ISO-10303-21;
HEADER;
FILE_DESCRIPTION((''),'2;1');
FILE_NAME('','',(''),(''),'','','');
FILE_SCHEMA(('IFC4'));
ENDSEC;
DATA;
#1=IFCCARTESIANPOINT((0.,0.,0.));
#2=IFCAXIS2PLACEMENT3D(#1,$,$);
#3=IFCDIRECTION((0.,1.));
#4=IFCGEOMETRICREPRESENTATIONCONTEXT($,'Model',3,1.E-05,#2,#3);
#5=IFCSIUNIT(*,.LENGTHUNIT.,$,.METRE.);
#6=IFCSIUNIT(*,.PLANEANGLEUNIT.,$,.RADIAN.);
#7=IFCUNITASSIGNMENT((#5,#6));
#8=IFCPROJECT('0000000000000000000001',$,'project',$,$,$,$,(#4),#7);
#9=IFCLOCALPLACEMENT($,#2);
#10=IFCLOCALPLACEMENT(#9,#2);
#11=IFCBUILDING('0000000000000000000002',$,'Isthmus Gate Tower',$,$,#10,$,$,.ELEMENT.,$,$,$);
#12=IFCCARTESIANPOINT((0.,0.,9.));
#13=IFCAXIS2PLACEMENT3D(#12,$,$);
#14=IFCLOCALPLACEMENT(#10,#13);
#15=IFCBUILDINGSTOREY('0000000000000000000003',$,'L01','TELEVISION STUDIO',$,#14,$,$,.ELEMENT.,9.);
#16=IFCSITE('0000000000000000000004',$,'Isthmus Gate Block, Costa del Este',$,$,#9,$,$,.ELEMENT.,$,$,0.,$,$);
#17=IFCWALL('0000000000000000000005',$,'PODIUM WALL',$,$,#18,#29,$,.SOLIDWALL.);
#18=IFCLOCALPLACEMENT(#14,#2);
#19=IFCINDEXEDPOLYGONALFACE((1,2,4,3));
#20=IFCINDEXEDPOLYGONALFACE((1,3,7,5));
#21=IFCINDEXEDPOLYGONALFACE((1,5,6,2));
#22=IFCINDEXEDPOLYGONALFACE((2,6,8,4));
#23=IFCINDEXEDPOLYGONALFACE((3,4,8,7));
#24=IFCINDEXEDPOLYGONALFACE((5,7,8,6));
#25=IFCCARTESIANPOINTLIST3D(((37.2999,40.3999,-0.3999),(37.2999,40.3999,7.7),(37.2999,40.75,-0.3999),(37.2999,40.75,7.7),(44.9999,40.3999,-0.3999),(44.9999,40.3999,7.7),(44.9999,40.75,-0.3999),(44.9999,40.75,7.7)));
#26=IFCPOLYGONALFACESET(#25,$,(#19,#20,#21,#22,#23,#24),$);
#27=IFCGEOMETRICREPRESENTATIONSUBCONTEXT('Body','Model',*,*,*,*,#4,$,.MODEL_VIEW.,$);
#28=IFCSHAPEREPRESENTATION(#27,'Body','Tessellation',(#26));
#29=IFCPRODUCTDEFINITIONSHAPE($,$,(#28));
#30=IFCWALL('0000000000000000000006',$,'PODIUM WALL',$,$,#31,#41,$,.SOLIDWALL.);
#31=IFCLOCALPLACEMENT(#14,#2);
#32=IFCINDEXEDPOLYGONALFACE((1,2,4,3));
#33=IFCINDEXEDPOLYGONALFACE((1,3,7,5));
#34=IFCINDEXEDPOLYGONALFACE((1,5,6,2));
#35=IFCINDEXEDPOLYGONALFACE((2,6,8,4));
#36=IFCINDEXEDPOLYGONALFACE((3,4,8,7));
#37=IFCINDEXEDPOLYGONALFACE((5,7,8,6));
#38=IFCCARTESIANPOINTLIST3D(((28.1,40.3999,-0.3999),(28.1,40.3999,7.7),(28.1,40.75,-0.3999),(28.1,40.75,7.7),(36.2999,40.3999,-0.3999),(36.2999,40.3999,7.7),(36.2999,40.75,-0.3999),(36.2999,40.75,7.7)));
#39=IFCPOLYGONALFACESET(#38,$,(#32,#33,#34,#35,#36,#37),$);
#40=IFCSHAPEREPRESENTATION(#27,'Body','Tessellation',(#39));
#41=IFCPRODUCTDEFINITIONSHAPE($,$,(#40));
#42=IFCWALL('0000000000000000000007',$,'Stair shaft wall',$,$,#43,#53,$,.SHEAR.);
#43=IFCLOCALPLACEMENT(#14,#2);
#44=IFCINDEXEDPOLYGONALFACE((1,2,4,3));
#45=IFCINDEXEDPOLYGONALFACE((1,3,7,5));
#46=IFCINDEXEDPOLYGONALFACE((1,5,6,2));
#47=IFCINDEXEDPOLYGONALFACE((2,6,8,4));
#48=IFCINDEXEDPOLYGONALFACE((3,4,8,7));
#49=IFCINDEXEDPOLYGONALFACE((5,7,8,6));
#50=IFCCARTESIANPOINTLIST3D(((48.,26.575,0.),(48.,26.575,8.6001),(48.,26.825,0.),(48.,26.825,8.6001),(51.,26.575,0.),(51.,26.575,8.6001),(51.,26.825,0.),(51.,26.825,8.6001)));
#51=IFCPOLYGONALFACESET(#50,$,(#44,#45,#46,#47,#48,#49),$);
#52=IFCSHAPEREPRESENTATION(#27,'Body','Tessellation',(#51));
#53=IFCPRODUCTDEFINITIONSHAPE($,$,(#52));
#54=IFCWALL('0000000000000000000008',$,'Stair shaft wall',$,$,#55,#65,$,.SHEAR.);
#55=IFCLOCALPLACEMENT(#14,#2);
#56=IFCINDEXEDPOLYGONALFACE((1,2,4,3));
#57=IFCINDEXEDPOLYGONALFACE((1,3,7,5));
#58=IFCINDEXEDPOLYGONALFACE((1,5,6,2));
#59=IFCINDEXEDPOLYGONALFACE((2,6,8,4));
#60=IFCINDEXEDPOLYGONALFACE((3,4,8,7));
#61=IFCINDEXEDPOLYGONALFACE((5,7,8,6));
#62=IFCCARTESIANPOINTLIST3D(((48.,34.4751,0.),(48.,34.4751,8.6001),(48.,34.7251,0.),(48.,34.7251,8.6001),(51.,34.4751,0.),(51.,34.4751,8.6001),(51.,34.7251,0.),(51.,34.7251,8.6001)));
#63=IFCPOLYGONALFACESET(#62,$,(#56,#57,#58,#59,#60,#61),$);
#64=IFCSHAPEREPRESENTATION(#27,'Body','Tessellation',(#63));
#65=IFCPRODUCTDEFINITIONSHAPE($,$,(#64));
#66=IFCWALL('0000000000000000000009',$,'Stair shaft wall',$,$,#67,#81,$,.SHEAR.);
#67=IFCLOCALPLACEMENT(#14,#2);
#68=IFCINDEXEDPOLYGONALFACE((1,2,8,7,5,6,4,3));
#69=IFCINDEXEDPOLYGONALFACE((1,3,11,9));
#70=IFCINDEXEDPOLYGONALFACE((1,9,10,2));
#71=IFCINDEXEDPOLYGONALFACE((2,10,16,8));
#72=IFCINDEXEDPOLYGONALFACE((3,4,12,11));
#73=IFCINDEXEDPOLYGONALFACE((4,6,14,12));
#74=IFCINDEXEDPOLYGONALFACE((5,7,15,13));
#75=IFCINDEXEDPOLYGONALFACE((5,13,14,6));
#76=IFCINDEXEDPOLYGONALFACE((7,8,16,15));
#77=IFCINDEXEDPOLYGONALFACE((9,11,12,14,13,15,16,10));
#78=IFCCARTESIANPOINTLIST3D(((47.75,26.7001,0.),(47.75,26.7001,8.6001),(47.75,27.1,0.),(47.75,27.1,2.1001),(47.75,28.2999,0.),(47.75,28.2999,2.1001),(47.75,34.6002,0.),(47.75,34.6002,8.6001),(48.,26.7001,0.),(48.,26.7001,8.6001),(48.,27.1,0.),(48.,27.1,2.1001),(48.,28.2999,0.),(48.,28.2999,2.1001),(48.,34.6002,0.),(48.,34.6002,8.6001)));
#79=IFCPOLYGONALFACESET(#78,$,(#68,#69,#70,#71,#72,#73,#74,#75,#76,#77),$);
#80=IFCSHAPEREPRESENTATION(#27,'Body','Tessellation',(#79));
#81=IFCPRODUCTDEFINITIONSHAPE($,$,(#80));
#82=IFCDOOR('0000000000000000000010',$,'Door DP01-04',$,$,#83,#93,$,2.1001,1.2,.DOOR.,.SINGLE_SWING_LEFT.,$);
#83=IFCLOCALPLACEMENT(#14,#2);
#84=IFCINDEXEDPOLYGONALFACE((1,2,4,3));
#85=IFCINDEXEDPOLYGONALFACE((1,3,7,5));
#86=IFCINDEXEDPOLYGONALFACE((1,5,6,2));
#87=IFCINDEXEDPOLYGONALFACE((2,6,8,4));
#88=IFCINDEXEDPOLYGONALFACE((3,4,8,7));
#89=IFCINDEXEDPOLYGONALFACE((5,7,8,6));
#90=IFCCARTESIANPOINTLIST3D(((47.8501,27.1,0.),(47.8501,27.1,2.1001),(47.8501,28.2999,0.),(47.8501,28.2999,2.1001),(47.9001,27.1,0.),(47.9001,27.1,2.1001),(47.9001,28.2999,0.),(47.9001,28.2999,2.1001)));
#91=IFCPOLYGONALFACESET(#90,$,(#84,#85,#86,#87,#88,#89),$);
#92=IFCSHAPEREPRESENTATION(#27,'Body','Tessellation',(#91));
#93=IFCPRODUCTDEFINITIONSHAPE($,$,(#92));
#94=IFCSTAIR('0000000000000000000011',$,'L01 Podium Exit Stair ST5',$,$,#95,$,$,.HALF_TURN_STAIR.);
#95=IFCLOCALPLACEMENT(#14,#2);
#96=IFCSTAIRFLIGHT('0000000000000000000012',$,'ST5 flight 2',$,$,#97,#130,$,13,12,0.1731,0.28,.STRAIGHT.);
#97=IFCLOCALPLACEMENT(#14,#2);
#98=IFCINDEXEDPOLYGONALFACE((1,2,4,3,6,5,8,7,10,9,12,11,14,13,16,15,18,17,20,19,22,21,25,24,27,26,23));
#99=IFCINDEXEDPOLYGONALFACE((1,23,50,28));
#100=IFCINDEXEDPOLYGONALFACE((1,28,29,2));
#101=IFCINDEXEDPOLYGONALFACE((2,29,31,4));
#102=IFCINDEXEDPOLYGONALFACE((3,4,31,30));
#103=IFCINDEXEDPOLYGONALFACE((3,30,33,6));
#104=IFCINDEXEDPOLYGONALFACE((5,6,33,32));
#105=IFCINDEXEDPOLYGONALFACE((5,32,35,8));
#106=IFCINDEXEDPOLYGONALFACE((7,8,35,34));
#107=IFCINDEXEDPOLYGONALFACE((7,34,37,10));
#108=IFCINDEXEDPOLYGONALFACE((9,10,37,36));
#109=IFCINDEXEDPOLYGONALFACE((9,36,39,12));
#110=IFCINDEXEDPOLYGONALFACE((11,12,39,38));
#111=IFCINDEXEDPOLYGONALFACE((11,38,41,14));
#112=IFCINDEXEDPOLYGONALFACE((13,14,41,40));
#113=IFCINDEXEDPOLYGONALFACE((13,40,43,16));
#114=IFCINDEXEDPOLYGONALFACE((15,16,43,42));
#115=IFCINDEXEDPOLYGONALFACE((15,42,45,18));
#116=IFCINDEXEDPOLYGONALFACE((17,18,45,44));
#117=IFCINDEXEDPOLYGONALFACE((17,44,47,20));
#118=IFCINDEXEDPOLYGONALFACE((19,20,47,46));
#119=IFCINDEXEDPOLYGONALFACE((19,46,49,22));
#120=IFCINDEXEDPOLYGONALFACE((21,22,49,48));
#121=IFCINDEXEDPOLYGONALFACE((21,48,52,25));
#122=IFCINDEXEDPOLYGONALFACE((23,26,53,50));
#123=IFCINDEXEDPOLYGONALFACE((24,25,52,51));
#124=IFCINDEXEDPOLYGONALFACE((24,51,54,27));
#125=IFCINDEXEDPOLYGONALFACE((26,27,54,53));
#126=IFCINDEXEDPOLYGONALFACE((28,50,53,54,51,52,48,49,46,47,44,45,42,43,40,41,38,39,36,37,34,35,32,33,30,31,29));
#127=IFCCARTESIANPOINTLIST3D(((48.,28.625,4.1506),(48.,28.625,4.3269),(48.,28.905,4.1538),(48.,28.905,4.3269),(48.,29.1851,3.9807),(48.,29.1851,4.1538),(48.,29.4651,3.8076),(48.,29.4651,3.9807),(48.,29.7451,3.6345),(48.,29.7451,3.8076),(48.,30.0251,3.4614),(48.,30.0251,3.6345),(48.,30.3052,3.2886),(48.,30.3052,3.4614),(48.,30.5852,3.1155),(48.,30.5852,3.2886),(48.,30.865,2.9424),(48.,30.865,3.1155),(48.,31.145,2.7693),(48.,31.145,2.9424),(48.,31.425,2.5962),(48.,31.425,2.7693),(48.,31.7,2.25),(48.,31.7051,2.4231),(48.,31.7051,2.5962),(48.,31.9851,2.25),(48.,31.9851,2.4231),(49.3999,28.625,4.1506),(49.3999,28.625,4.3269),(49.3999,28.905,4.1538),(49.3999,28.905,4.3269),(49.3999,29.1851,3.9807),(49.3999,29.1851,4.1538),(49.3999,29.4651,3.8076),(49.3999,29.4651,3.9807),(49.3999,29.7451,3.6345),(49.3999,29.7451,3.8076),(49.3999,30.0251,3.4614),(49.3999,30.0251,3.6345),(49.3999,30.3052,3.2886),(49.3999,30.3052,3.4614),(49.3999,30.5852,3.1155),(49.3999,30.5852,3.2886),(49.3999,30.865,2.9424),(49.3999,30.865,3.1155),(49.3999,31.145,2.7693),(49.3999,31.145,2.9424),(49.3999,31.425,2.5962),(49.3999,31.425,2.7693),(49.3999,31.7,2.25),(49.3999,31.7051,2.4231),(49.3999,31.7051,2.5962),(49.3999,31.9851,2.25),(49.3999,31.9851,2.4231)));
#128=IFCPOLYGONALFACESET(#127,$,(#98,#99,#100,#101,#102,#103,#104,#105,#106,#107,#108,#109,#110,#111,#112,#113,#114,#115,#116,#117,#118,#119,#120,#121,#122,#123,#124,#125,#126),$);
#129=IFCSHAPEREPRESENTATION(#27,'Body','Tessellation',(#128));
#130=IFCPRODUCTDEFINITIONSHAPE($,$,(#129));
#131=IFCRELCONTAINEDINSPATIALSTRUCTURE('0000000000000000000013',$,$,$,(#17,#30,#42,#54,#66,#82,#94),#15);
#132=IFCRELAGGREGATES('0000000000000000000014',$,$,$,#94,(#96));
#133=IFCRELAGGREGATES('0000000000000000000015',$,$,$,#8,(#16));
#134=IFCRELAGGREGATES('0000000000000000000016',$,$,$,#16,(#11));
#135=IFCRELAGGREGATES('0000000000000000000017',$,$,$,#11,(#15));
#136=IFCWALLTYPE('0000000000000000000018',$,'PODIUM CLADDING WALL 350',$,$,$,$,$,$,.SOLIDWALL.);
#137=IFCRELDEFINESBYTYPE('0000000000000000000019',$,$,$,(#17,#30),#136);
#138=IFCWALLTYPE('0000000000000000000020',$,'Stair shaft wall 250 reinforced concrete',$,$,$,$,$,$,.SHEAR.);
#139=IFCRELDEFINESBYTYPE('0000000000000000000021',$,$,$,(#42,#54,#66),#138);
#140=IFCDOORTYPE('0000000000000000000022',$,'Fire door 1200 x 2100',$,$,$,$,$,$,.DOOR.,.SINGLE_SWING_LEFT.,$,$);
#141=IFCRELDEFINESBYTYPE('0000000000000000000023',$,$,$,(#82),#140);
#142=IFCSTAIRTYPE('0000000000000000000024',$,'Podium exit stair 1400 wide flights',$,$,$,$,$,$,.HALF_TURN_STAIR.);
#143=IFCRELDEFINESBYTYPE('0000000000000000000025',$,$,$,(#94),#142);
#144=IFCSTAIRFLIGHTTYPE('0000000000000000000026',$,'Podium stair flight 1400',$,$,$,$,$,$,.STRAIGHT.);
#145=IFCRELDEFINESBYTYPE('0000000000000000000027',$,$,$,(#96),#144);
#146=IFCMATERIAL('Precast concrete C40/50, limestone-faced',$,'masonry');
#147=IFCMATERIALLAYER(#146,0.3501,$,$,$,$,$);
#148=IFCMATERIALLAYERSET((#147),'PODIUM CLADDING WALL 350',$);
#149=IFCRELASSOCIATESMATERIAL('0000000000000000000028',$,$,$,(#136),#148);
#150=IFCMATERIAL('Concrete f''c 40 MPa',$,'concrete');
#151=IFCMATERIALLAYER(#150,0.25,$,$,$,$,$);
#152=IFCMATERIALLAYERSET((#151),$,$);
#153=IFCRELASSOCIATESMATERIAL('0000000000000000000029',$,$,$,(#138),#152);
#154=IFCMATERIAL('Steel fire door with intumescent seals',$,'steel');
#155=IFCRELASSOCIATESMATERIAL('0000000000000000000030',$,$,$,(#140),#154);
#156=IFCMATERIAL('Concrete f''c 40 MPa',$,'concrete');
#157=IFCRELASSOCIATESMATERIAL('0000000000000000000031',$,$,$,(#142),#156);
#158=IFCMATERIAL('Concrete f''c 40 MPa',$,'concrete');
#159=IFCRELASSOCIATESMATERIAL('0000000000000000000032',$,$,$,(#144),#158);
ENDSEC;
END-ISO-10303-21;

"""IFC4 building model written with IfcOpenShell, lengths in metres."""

from ifc_helpers import new_model, si_unit, direction, frame, frame_2d, origin, place, context, subcontext, project, spatial, polyline, rectangle, outline, extrude, material, layer, layer_set, type_object, element, fill, aggregate, save


model = new_model("IFC4")

# Units and contexts
model_context = context("Model", 3, precision=1e-05, world=origin(), true_north=direction((0.0, 1.0)))
body_context = subcontext(model_context, "Body", "Model", "MODEL_VIEW")
ifc_project = project(units=[si_unit("LENGTHUNIT", "METRE"), si_unit("PLANEANGLEUNIT", "RADIAN")], contexts=[model_context])

# Site, building, storey
site_placement = place(None, origin())
site = spatial("IfcSite", under=ifc_project, at=site_placement, Name="Isthmus Gate Block, Costa del Este", CompositionType="ELEMENT", RefElevation=0.0)
building_placement = place(site_placement, origin())
building = spatial("IfcBuilding", under=site, at=building_placement, Name="Isthmus Gate Tower", CompositionType="ELEMENT")
storey_placement = place(building_placement, frame((0.0, 0.0, 9.0)))
storey = spatial("IfcBuildingStorey", under=building, at=storey_placement, Name="L01", Description="TELEVISION STUDIO", CompositionType="ELEMENT", Elevation=9.0)

# Walls
ifc_material_1 = material(Name="Precast concrete C40/50, limestone-faced", Category="masonry")
ifc_layer_1 = layer(ifc_material_1, 0.3501)
ifc_layer_set_1 = layer_set([ifc_layer_1], Name="PODIUM CLADDING WALL 350")
wall_type_1 = type_object("IfcWallType", Name="PODIUM CLADDING WALL 350", PredefinedType="SOLIDWALL", material=ifc_layer_set_1)
wall_1_placement = place(storey_placement, frame((45.0, 40.575, -0.3999), z_axis=(0.0, 0.0, 1.0), x_axis=(-1.0, 0.0, 0.0)))
element("IfcWall", 1, at=wall_1_placement, inside=storey, type_object=wall_type_1, Name="PODIUM WALL", PredefinedType="SOLIDWALL", context=body_context, shape_type="SweptSolid", body=[
    extrude(rectangle(XDim=7.7, YDim=0.3501, at=frame_2d((3.8501, 0.0))), origin(), (0.0, 0.0, 1.0), 8.0999),
])
wall_2_placement = place(storey_placement, frame((36.3, 40.575, -0.3999), z_axis=(0.0, 0.0, 1.0), x_axis=(-1.0, 0.0, 0.0)))
element("IfcWall", 2, at=wall_2_placement, inside=storey, type_object=wall_type_1, Name="PODIUM WALL", PredefinedType="SOLIDWALL", context=body_context, shape_type="SweptSolid", body=[
    extrude(rectangle(XDim=8.2, YDim=0.3501, at=frame_2d((4.1001, 0.0))), origin(), (0.0, 0.0, 1.0), 8.0999),
])
ifc_material_2 = material(Name="Concrete f'c 40 MPa", Category="concrete")
ifc_layer_2 = layer(ifc_material_2, 0.25)
ifc_layer_set_2 = layer_set([ifc_layer_2])
wall_type_2 = type_object("IfcWallType", Name="Stair shaft wall 250 reinforced concrete", PredefinedType="SHEAR", material=ifc_layer_set_2)
for number, where, z_axis, x_axis, name in (
    (3, (48.0, 26.7, 0.0), (0.0, 0.0, 1.0), (1.0, 0.0, 0.0), "Stair shaft wall"),
    (4, (48.0, 34.6001, 0.0), (0.0, 0.0, 1.0), (1.0, 0.0, 0.0), "Stair shaft wall"),
):
    element("IfcWall", number, at=place(storey_placement, frame(where, z_axis=z_axis, x_axis=x_axis)), inside=storey, type_object=wall_type_2, Name=name, PredefinedType="SHEAR", context=body_context, shape_type="SweptSolid", body=[
        extrude(rectangle(XDim=3.0, YDim=0.25, at=frame_2d((1.5, 0.0))), origin(), (0.0, 0.0, 1.0), 8.6001),
    ])

# Wall, opening, door
wall_3_placement = place(storey_placement, frame((47.875, 26.7, 0.0), z_axis=(0.0, 0.0, 1.0), x_axis=(0.0, 1.0, 0.0)))
wall_3 = element("IfcWall", 5, at=wall_3_placement, inside=storey, type_object=wall_type_2, Name="Stair shaft wall", PredefinedType="SHEAR", context=body_context, shape_type="SweptSolid", body=[
    extrude(rectangle(XDim=7.9001, YDim=0.25, at=frame_2d((3.9502, 0.0))), origin(), (0.0, 0.0, 1.0), 8.6001),
])
opening_1_placement = place(wall_3_placement, frame((0.3999, 0.0, 0.0)))
opening_1 = element("IfcOpeningElement", 6, at=opening_1_placement, cuts=wall_3, PredefinedType="OPENING", context=body_context, shape_type="SweptSolid", body=[
    extrude(rectangle(XDim=1.2, YDim=2.1001, at=frame_2d((0.6001, 1.05))), frame((0.0, 0.135, 0.0), z_axis=(0.0, -1.0, 0.0), x_axis=(1.0, 0.0, 0.0)), (0.0, 0.0, 1.0), 0.27),
])
ifc_material_3 = material(Name="Steel fire door with intumescent seals", Category="steel")
door_type_1 = type_object("IfcDoorType", Name="Fire door 1200 x 2100", OperationType="SINGLE_SWING_LEFT", PredefinedType="DOOR", material=ifc_material_3)
door_1_placement = place(opening_1_placement, origin())
door_1 = element("IfcDoor", 7, at=door_1_placement, inside=storey, type_object=door_type_1, Name="Door DP01-04", OperationType="SINGLE_SWING_LEFT", OverallHeight=2.1001, OverallWidth=1.2, PredefinedType="DOOR", context=body_context, shape_type="SweptSolid", body=[
    extrude(rectangle(XDim=1.2, YDim=2.1001, at=frame_2d((0.6001, 1.05))), frame((0.0, 0.0249, 0.0), z_axis=(0.0, -1.0, 0.0), x_axis=(1.0, 0.0, 0.0)), (0.0, 0.0, 1.0), 0.05),
])
fill(opening_1, door_1)

# Stair, stair flight
ifc_material_4 = material(Name="Concrete f'c 40 MPa", Category="concrete")
stair_type = type_object("IfcStairType", Name="Podium exit stair 1400 wide flights", PredefinedType="HALF_TURN_STAIR", material=ifc_material_4)
stair_placement = place(storey_placement, origin())
stair = element("IfcStair", 8, at=stair_placement, inside=storey, type_object=stair_type, Name="L01 Podium Exit Stair ST5", PredefinedType="HALF_TURN_STAIR")
ifc_material_5 = material(Name="Concrete f'c 40 MPa", Category="concrete")
stair_flight_type = type_object("IfcStairFlightType", Name="Podium stair flight 1400", PredefinedType="STRAIGHT", material=ifc_material_5)
stair_flight_placement = place(storey_placement, frame((48.7, 31.9851, 2.25), z_axis=(0.0, 0.0, 1.0), x_axis=(0.0, -1.0, 0.0)))
stair_flight = element("IfcStairFlight", 9, at=stair_flight_placement, type_object=stair_flight_type, Name="ST5 flight 2", NumberOfRisers=13, NumberOfTreads=12, PredefinedType="STRAIGHT", RiserHeight=0.1731, TreadLength=0.28, context=body_context, shape_type="SweptSolid", body=[
    extrude(outline(polyline([(0.0, 0.0), (0.0, 0.1731), (0.28, 0.1731), (0.28, 0.3462), (0.5601, 0.3462), (0.5601, 0.5193), (0.8401, 0.5193), (0.8401, 0.6924), (1.1201, 0.6924), (1.1201, 0.8655), (1.3999, 0.8655), (1.3999, 1.0386), (1.6799, 1.0386), (1.6799, 1.2114), (1.96, 1.2114), (1.96, 1.3845), (2.24, 1.3845), (2.24, 1.5576), (2.52, 1.5576), (2.52, 1.7307), (2.8, 1.7307), (2.8, 1.9038), (3.0801, 1.9038), (3.0801, 2.0769), (3.3601, 2.0769), (3.3601, 2.25), (3.3601, 1.9006), (0.2852, 0.0), (0.0, 0.0)])), frame((0.0, 0.7, 0.0), z_axis=(0.0, -1.0, 0.0), x_axis=(1.0, 0.0, 0.0)), (0.0, 0.0, 1.0), 1.3999),
])
aggregate(stair, [stair_flight])

save(model, "model.ifc")
